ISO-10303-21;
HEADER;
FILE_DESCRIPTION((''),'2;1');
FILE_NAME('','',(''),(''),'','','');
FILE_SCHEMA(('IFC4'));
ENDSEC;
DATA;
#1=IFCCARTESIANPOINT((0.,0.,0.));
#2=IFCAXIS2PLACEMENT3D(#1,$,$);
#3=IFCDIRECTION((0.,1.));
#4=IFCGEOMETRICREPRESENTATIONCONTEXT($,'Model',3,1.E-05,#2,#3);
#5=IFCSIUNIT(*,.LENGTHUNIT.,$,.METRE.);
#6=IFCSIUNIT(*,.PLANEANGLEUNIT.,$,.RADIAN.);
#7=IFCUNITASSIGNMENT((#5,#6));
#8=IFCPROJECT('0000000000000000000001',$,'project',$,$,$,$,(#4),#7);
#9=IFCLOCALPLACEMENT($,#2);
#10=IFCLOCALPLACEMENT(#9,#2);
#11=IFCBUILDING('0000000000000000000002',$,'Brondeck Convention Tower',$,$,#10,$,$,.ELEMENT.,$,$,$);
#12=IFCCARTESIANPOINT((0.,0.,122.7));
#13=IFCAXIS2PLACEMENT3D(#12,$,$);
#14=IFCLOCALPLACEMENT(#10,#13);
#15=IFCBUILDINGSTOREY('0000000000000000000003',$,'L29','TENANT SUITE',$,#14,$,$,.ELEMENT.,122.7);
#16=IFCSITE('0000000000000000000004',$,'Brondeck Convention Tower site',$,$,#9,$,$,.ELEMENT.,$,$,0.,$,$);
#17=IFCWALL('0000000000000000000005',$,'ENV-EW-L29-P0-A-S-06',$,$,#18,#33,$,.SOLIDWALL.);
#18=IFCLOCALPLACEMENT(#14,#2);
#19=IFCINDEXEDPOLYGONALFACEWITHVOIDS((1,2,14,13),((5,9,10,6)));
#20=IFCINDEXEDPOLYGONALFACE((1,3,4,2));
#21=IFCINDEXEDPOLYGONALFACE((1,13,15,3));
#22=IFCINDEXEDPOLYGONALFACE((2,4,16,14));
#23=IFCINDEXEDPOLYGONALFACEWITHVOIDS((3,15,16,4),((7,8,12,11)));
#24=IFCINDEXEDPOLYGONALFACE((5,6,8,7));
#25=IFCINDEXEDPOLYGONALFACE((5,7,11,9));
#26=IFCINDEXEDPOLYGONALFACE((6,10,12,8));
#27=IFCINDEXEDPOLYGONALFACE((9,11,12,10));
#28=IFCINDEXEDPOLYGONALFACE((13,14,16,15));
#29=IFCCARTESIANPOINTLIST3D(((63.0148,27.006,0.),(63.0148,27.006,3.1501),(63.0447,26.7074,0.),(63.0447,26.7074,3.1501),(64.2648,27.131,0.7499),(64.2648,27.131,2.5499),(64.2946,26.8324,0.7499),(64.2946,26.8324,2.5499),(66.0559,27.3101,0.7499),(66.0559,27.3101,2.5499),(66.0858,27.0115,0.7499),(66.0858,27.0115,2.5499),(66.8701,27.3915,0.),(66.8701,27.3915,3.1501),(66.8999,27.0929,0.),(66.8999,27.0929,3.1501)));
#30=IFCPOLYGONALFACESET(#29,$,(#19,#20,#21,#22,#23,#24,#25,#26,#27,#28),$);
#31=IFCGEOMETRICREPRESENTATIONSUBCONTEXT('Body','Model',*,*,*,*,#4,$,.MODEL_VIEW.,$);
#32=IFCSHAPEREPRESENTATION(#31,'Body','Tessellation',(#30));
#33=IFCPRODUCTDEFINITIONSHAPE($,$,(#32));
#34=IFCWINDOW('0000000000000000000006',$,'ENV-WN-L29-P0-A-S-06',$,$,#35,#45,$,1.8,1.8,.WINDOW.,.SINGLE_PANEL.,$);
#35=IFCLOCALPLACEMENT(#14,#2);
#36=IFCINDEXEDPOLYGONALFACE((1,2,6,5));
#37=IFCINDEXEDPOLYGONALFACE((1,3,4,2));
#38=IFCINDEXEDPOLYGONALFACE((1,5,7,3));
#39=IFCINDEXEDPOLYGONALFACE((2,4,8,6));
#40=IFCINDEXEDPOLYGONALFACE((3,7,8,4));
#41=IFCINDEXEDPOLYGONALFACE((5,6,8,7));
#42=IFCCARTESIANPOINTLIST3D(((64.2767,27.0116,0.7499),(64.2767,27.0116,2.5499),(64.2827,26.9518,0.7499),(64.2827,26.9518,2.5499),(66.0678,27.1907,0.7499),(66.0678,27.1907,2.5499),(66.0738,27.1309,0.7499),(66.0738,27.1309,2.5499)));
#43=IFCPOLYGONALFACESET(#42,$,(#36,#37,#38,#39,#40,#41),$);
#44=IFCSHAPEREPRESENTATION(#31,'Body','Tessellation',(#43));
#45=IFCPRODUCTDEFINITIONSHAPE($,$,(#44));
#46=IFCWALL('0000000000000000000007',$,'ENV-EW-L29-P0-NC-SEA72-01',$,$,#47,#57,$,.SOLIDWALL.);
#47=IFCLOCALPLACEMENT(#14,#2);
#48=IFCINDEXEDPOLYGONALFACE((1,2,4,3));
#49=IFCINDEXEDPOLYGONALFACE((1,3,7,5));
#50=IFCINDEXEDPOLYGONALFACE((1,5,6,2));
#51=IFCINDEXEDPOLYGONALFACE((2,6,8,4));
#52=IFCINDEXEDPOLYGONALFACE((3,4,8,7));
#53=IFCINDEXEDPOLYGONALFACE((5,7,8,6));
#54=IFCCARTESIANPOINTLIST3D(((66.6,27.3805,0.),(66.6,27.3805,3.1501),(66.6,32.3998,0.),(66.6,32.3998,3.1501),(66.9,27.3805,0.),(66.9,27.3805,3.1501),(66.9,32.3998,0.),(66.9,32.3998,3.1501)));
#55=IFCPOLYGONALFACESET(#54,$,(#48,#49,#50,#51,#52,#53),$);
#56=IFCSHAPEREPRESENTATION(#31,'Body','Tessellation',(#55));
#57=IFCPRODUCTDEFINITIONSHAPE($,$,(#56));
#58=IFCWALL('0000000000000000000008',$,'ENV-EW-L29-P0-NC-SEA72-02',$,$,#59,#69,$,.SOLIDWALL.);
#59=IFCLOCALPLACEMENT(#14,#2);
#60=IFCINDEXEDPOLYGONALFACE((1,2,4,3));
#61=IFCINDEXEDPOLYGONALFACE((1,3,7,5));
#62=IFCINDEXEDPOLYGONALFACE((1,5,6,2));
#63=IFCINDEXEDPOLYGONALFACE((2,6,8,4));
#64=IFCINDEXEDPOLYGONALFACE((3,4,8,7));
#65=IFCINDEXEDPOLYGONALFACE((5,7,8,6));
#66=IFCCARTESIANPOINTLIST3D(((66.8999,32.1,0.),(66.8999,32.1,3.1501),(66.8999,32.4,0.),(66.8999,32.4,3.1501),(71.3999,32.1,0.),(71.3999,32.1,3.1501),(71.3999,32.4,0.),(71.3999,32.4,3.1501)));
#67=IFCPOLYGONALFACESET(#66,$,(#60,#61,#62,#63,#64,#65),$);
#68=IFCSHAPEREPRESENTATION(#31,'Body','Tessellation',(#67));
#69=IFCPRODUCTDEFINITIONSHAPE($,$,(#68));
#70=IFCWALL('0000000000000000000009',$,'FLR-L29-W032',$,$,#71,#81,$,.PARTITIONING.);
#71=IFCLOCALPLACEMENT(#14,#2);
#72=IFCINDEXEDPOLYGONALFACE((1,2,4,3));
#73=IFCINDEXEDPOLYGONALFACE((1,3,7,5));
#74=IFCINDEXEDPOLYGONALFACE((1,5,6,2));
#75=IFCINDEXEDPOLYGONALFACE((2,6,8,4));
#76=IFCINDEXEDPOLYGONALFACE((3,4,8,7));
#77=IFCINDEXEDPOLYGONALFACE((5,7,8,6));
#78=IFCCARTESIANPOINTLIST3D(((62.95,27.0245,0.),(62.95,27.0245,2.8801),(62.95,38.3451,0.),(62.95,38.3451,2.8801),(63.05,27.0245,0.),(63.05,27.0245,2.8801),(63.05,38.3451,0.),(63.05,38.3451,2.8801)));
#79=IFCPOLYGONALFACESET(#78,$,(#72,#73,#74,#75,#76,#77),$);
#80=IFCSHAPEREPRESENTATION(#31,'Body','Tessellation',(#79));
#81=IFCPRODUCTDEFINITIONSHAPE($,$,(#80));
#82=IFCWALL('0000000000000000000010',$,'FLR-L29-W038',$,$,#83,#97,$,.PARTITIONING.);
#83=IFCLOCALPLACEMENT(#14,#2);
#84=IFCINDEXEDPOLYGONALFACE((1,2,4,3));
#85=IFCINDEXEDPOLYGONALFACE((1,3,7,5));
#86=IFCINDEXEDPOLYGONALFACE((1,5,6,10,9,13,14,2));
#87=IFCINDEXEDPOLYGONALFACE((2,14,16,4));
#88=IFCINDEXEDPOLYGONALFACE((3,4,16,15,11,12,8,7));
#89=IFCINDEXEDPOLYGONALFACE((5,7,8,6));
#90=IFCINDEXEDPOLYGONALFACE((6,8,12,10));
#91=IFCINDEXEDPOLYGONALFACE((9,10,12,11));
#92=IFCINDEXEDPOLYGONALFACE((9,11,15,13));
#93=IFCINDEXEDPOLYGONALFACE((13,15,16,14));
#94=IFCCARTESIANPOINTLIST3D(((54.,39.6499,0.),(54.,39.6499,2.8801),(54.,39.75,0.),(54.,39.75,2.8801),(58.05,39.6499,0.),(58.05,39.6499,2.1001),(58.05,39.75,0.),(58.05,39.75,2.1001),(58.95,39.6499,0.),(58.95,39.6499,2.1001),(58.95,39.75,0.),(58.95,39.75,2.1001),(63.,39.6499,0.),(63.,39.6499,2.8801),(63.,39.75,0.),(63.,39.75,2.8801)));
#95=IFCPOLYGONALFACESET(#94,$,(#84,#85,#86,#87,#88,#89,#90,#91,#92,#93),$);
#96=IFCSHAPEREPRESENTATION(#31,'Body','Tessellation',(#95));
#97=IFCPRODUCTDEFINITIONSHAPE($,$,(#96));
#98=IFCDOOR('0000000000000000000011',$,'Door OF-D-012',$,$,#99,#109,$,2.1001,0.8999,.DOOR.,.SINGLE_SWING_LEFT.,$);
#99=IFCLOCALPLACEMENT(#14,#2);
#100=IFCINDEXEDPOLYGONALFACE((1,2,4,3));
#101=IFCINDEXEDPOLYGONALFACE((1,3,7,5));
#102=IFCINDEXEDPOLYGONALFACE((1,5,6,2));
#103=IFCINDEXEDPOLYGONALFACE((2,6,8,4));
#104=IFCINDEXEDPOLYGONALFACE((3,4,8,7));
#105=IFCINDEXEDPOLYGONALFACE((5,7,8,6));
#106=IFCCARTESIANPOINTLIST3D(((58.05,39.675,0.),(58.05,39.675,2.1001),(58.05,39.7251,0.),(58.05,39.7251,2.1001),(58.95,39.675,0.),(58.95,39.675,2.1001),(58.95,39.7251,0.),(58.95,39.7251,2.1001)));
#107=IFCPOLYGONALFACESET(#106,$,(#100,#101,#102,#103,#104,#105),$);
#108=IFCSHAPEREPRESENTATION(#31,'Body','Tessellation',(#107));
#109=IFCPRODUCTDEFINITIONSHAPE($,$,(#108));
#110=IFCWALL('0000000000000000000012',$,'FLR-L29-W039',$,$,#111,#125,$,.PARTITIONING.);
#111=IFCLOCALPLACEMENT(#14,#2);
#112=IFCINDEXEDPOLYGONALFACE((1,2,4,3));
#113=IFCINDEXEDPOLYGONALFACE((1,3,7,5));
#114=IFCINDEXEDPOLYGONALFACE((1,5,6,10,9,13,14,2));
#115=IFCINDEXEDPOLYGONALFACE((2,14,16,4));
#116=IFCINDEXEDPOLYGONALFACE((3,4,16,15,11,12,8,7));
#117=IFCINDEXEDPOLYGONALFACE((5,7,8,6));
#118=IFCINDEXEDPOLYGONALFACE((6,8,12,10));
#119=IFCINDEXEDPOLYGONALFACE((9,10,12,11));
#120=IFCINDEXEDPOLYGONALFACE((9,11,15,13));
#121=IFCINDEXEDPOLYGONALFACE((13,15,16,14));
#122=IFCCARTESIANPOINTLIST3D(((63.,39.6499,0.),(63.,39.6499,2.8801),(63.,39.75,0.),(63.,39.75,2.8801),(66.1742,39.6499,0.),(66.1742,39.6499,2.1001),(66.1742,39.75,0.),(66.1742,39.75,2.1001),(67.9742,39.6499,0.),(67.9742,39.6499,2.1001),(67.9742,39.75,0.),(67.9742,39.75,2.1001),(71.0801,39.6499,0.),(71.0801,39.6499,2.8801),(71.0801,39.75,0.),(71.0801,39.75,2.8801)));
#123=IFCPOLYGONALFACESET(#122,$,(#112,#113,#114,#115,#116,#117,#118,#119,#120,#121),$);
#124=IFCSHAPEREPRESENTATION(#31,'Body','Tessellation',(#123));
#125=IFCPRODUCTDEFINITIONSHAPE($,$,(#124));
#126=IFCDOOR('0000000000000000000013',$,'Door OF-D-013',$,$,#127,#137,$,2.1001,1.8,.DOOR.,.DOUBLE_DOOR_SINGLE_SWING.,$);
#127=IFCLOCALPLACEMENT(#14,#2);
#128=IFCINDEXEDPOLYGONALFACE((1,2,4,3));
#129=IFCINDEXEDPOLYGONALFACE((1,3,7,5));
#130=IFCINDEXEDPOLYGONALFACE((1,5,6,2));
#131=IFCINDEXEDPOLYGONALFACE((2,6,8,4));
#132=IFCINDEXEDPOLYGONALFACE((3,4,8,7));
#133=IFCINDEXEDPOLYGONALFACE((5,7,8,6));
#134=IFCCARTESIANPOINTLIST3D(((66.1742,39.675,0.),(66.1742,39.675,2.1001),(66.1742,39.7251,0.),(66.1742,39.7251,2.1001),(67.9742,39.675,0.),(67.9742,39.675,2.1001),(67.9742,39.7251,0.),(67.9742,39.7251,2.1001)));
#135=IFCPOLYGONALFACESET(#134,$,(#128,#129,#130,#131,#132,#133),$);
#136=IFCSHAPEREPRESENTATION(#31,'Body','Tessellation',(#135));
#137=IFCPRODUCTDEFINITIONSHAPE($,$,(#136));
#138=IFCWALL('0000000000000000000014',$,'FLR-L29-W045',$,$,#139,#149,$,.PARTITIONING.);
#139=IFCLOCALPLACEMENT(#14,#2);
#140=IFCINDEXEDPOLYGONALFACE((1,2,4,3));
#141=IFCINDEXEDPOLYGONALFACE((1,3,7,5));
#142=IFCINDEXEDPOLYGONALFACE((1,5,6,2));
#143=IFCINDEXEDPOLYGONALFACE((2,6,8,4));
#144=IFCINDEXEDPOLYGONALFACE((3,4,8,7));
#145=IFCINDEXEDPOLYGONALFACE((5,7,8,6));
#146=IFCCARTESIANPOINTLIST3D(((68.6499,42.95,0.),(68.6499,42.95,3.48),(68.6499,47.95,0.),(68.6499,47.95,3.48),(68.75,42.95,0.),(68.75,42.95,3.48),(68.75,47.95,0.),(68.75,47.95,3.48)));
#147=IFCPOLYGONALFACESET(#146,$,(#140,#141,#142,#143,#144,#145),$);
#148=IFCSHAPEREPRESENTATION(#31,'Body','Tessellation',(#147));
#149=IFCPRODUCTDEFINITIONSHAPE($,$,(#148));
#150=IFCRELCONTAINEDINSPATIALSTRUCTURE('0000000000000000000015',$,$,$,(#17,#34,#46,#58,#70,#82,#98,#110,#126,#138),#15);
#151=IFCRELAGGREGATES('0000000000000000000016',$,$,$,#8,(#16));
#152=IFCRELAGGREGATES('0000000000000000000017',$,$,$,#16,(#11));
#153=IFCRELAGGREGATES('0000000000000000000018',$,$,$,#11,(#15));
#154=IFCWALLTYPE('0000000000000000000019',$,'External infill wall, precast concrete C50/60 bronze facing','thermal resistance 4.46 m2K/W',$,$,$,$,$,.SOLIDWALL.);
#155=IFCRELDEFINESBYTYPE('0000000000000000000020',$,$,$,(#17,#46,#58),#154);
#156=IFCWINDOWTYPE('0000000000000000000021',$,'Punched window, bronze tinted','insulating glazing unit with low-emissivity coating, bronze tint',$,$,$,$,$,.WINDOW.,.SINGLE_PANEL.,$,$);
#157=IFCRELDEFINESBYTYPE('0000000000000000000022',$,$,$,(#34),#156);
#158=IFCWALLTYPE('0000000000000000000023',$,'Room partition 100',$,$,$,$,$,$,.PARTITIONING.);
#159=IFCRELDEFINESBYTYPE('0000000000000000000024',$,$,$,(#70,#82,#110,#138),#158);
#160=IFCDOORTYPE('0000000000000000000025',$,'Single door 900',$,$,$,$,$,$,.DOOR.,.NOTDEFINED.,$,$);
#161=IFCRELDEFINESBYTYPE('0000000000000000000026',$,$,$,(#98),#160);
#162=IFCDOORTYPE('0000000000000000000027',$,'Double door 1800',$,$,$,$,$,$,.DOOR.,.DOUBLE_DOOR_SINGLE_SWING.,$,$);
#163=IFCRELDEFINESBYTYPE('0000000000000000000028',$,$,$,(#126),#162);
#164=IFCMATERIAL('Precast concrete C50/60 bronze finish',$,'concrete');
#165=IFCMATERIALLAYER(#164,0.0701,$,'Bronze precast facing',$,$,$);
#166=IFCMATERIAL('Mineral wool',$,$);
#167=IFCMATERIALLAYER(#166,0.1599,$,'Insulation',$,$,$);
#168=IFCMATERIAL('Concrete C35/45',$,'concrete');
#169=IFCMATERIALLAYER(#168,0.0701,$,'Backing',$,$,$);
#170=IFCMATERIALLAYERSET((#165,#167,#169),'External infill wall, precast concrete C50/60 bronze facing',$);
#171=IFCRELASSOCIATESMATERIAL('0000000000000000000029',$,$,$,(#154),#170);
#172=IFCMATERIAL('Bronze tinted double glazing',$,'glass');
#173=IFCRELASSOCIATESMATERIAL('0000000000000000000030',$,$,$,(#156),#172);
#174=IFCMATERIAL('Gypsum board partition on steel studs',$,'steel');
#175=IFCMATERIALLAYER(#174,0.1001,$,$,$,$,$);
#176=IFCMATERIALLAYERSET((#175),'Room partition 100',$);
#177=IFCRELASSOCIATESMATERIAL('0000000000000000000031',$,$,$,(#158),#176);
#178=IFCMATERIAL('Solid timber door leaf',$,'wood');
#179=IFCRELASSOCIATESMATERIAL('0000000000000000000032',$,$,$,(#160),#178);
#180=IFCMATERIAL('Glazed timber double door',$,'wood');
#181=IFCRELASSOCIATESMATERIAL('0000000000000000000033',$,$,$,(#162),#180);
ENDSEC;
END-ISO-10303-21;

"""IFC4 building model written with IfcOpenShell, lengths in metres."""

from ifc_helpers import new_model, si_unit, direction, frame, frame_2d, origin, place, context, subcontext, project, spatial, rectangle, extrude, material, layer, layer_set, type_object, element, fill, save


model = new_model("IFC4")

# Units and contexts
model_context = context("Model", 3, precision=1e-05, world=origin(), true_north=direction((0.0, 1.0)))
body_context = subcontext(model_context, "Body", "Model", "MODEL_VIEW")
ifc_project = project(units=[si_unit("LENGTHUNIT", "METRE"), si_unit("PLANEANGLEUNIT", "RADIAN")], contexts=[model_context])

# Site, building, storey
site_placement = place(None, origin())
site = spatial("IfcSite", under=ifc_project, at=site_placement, Name="Brondeck Convention Tower site", CompositionType="ELEMENT", RefElevation=0.0)
building_placement = place(site_placement, origin())
building = spatial("IfcBuilding", under=site, at=building_placement, Name="Brondeck Convention Tower", CompositionType="ELEMENT")
storey_placement = place(building_placement, frame((0.0, 0.0, 122.7)))
storey = spatial("IfcBuildingStorey", under=building, at=storey_placement, Name="L29", Description="TENANT SUITE", CompositionType="ELEMENT", Elevation=122.7)

# Shared definitions
ifc_material_1 = material(Name="Precast concrete C50/60 bronze finish", Category="concrete")
ifc_layer_1 = layer(ifc_material_1, 0.0701, Name="Bronze precast facing")
ifc_material_2 = material(Name="Mineral wool")
ifc_layer_2 = layer(ifc_material_2, 0.1599, Name="Insulation")
ifc_material_3 = material(Name="Concrete C35/45", Category="concrete")
ifc_layer_3 = layer(ifc_material_3, 0.0701, Name="Backing")
ifc_layer_set_1 = layer_set([ifc_layer_1, ifc_layer_2, ifc_layer_3], Name="External infill wall, precast concrete C50/60 bronze facing")
wall_type_1 = type_object("IfcWallType", Name="External infill wall, precast concrete C50/60 bronze facing", Description="thermal resistance 4.46 m2K/W", PredefinedType="SOLIDWALL", material=ifc_layer_set_1)
ifc_material_4 = material(Name="Bronze tinted double glazing", Category="glass")
window_type_1 = type_object("IfcWindowType", Name="Punched window, bronze tinted", Description="insulating glazing unit with low-emissivity coating, bronze tint", PartitioningType="SINGLE_PANEL", PredefinedType="WINDOW", material=ifc_material_4)

# Wall, opening, window
wall_1_placement = place(storey_placement, frame((66.885, 27.2422, 0.0), z_axis=(0.0, 0.0, 1.0), x_axis=(-0.995038, -0.099497, 0.0)))
wall_1 = element("IfcWall", 1, at=wall_1_placement, inside=storey, type_object=wall_type_1, Name="ENV-EW-L29-P0-A-S-06", PredefinedType="SOLIDWALL", context=body_context, shape_type="SweptSolid", body=[
    extrude(rectangle(XDim=3.8745, YDim=0.3, at=frame_2d((1.9373, 0.0))), origin(), (0.0, 0.0, 1.0), 3.1501),
])
opening_1_placement = place(wall_1_placement, frame((0.8184, 0.0, 0.75)))
opening_1 = element("IfcOpeningElement", 2, at=opening_1_placement, cuts=wall_1, PredefinedType="OPENING", context=body_context, shape_type="SweptSolid", body=[
    extrude(rectangle(XDim=1.8, YDim=1.8, at=frame_2d((0.8999, 0.8999))), frame((0.0, 0.1599, 0.0), z_axis=(0.0, -1.0, 0.0), x_axis=(1.0, 0.0, 0.0)), (0.0, 0.0, 1.0), 0.3201),
])
window_1_placement = place(opening_1_placement, origin())
window_1 = element("IfcWindow", 3, at=window_1_placement, inside=storey, type_object=window_type_1, Name="ENV-WN-L29-P0-A-S-06", OverallHeight=1.8, OverallWidth=1.8, PartitioningType="SINGLE_PANEL", PredefinedType="WINDOW", context=body_context, shape_type="SweptSolid", body=[
    extrude(rectangle(XDim=1.8, YDim=1.8, at=frame_2d((0.8999, 0.8999))), frame((0.0, 0.03, 0.0), z_axis=(0.0, -1.0, 0.0), x_axis=(1.0, 0.0, 0.0)), (0.0, 0.0, 1.0), 0.0601),
])
fill(opening_1, window_1)

# Walls
wall_2_placement = place(storey_placement, frame((66.75, 32.3999, 0.0), z_axis=(0.0, 0.0, 1.0), x_axis=(0.0, -1.0, 0.0)))
element("IfcWall", 4, at=wall_2_placement, inside=storey, type_object=wall_type_1, Name="ENV-EW-L29-P0-NC-SEA72-01", PredefinedType="SOLIDWALL", context=body_context, shape_type="SweptSolid", body=[
    extrude(rectangle(XDim=5.0193, YDim=0.3, at=frame_2d((2.5098, 0.0))), origin(), (0.0, 0.0, 1.0), 3.1501),
])
wall_3_placement = place(storey_placement, frame((71.3999, 32.25, 0.0), z_axis=(0.0, 0.0, 1.0), x_axis=(-1.0, 0.0, 0.0)))
element("IfcWall", 5, at=wall_3_placement, inside=storey, type_object=wall_type_1, Name="ENV-EW-L29-P0-NC-SEA72-02", PredefinedType="SOLIDWALL", context=body_context, shape_type="SweptSolid", body=[
    extrude(rectangle(XDim=4.5, YDim=0.3, at=frame_2d((2.25, 0.0))), origin(), (0.0, 0.0, 1.0), 3.1501),
])
ifc_material_5 = material(Name="Gypsum board partition on steel studs", Category="steel")
ifc_layer_4 = layer(ifc_material_5, 0.1001)
ifc_layer_set_2 = layer_set([ifc_layer_4], Name="Room partition 100")
wall_type_2 = type_object("IfcWallType", Name="Room partition 100", PredefinedType="PARTITIONING", material=ifc_layer_set_2)
wall_4_placement = place(storey_placement, frame((63.0, 38.345, 0.0), z_axis=(0.0, 0.0, 1.0), x_axis=(0.0, -1.0, 0.0)))
element("IfcWall", 6, at=wall_4_placement, inside=storey, type_object=wall_type_2, Name="FLR-L29-W032", PredefinedType="PARTITIONING", context=body_context, shape_type="SweptSolid", body=[
    extrude(rectangle(XDim=11.3206, YDim=0.1001, at=frame_2d((5.6602, 0.0))), origin(), (0.0, 0.0, 1.0), 2.8801),
])

# Walls, openings, doors
wall_5_placement = place(storey_placement, frame((63.0, 39.7, 0.0), z_axis=(0.0, 0.0, 1.0), x_axis=(-1.0, 0.0, 0.0)))
wall_5 = element("IfcWall", 7, at=wall_5_placement, inside=storey, type_object=wall_type_2, Name="FLR-L29-W038", PredefinedType="PARTITIONING", context=body_context, shape_type="SweptSolid", body=[
    extrude(rectangle(XDim=9.0, YDim=0.1001, at=frame_2d((4.5, 0.0))), origin(), (0.0, 0.0, 1.0), 2.8801),
])
opening_2_placement = place(wall_5_placement, frame((4.05, 0.0, 0.0)))
opening_2 = element("IfcOpeningElement", 8, at=opening_2_placement, cuts=wall_5, PredefinedType="OPENING", context=body_context, shape_type="SweptSolid", body=[
    extrude(rectangle(XDim=0.8999, YDim=2.1001, at=frame_2d((0.45, 1.05))), frame((0.0, 0.0601, 0.0), z_axis=(0.0, -1.0, 0.0), x_axis=(1.0, 0.0, 0.0)), (0.0, 0.0, 1.0), 0.1201),
])
ifc_material_6 = material(Name="Solid timber door leaf", Category="wood")
door_type_1 = type_object("IfcDoorType", Name="Single door 900", OperationType="NOTDEFINED", PredefinedType="DOOR", material=ifc_material_6)
door_1_placement = place(opening_2_placement, origin())
door_1 = element("IfcDoor", 9, at=door_1_placement, inside=storey, type_object=door_type_1, Name="Door OF-D-012", OperationType="SINGLE_SWING_LEFT", OverallHeight=2.1001, OverallWidth=0.8999, PredefinedType="DOOR", context=body_context, shape_type="SweptSolid", body=[
    extrude(rectangle(XDim=0.8999, YDim=2.1001, at=frame_2d((0.45, 1.05))), frame((0.0, 0.0249, 0.0), z_axis=(0.0, -1.0, 0.0), x_axis=(1.0, 0.0, 0.0)), (0.0, 0.0, 1.0), 0.05),
])
fill(opening_2, door_1)
wall_6_placement = place(storey_placement, frame((71.0801, 39.7, 0.0), z_axis=(0.0, 0.0, 1.0), x_axis=(-1.0, 0.0, 0.0)))
wall_6 = element("IfcWall", 10, at=wall_6_placement, inside=storey, type_object=wall_type_2, Name="FLR-L29-W039", PredefinedType="PARTITIONING", context=body_context, shape_type="SweptSolid", body=[
    extrude(rectangle(XDim=8.0801, YDim=0.1001, at=frame_2d((4.04, 0.0))), origin(), (0.0, 0.0, 1.0), 2.8801),
])
opening_3_placement = place(wall_6_placement, frame((3.106, 0.0, 0.0)))
opening_3 = element("IfcOpeningElement", 11, at=opening_3_placement, cuts=wall_6, PredefinedType="OPENING", context=body_context, shape_type="SweptSolid", body=[
    extrude(rectangle(XDim=1.8, YDim=2.1001, at=frame_2d((0.8999, 1.05))), frame((0.0, 0.0601, 0.0), z_axis=(0.0, -1.0, 0.0), x_axis=(1.0, 0.0, 0.0)), (0.0, 0.0, 1.0), 0.1201),
])
ifc_material_7 = material(Name="Glazed timber double door", Category="wood")
door_type_2 = type_object("IfcDoorType", Name="Double door 1800", OperationType="DOUBLE_DOOR_SINGLE_SWING", PredefinedType="DOOR", material=ifc_material_7)
door_2_placement = place(opening_3_placement, origin())
door_2 = element("IfcDoor", 12, at=door_2_placement, inside=storey, type_object=door_type_2, Name="Door OF-D-013", OperationType="DOUBLE_DOOR_SINGLE_SWING", OverallHeight=2.1001, OverallWidth=1.8, PredefinedType="DOOR", context=body_context, shape_type="SweptSolid", body=[
    extrude(rectangle(XDim=1.8, YDim=2.1001, at=frame_2d((0.8999, 1.05))), frame((0.0, 0.0249, 0.0), z_axis=(0.0, -1.0, 0.0), x_axis=(1.0, 0.0, 0.0)), (0.0, 0.0, 1.0), 0.05),
])
fill(opening_3, door_2)

# Wall
wall_7_placement = place(storey_placement, frame((68.7, 42.95, 0.0), z_axis=(0.0, 0.0, 1.0), x_axis=(0.0, 1.0, 0.0)))
element("IfcWall", 13, at=wall_7_placement, inside=storey, type_object=wall_type_2, Name="FLR-L29-W045", PredefinedType="PARTITIONING", context=body_context, shape_type="SweptSolid", body=[
    extrude(rectangle(XDim=5.0, YDim=0.1001, at=frame_2d((2.5, 0.0))), origin(), (0.0, 0.0, 1.0), 3.48),
])

save(model, "model.ifc")
